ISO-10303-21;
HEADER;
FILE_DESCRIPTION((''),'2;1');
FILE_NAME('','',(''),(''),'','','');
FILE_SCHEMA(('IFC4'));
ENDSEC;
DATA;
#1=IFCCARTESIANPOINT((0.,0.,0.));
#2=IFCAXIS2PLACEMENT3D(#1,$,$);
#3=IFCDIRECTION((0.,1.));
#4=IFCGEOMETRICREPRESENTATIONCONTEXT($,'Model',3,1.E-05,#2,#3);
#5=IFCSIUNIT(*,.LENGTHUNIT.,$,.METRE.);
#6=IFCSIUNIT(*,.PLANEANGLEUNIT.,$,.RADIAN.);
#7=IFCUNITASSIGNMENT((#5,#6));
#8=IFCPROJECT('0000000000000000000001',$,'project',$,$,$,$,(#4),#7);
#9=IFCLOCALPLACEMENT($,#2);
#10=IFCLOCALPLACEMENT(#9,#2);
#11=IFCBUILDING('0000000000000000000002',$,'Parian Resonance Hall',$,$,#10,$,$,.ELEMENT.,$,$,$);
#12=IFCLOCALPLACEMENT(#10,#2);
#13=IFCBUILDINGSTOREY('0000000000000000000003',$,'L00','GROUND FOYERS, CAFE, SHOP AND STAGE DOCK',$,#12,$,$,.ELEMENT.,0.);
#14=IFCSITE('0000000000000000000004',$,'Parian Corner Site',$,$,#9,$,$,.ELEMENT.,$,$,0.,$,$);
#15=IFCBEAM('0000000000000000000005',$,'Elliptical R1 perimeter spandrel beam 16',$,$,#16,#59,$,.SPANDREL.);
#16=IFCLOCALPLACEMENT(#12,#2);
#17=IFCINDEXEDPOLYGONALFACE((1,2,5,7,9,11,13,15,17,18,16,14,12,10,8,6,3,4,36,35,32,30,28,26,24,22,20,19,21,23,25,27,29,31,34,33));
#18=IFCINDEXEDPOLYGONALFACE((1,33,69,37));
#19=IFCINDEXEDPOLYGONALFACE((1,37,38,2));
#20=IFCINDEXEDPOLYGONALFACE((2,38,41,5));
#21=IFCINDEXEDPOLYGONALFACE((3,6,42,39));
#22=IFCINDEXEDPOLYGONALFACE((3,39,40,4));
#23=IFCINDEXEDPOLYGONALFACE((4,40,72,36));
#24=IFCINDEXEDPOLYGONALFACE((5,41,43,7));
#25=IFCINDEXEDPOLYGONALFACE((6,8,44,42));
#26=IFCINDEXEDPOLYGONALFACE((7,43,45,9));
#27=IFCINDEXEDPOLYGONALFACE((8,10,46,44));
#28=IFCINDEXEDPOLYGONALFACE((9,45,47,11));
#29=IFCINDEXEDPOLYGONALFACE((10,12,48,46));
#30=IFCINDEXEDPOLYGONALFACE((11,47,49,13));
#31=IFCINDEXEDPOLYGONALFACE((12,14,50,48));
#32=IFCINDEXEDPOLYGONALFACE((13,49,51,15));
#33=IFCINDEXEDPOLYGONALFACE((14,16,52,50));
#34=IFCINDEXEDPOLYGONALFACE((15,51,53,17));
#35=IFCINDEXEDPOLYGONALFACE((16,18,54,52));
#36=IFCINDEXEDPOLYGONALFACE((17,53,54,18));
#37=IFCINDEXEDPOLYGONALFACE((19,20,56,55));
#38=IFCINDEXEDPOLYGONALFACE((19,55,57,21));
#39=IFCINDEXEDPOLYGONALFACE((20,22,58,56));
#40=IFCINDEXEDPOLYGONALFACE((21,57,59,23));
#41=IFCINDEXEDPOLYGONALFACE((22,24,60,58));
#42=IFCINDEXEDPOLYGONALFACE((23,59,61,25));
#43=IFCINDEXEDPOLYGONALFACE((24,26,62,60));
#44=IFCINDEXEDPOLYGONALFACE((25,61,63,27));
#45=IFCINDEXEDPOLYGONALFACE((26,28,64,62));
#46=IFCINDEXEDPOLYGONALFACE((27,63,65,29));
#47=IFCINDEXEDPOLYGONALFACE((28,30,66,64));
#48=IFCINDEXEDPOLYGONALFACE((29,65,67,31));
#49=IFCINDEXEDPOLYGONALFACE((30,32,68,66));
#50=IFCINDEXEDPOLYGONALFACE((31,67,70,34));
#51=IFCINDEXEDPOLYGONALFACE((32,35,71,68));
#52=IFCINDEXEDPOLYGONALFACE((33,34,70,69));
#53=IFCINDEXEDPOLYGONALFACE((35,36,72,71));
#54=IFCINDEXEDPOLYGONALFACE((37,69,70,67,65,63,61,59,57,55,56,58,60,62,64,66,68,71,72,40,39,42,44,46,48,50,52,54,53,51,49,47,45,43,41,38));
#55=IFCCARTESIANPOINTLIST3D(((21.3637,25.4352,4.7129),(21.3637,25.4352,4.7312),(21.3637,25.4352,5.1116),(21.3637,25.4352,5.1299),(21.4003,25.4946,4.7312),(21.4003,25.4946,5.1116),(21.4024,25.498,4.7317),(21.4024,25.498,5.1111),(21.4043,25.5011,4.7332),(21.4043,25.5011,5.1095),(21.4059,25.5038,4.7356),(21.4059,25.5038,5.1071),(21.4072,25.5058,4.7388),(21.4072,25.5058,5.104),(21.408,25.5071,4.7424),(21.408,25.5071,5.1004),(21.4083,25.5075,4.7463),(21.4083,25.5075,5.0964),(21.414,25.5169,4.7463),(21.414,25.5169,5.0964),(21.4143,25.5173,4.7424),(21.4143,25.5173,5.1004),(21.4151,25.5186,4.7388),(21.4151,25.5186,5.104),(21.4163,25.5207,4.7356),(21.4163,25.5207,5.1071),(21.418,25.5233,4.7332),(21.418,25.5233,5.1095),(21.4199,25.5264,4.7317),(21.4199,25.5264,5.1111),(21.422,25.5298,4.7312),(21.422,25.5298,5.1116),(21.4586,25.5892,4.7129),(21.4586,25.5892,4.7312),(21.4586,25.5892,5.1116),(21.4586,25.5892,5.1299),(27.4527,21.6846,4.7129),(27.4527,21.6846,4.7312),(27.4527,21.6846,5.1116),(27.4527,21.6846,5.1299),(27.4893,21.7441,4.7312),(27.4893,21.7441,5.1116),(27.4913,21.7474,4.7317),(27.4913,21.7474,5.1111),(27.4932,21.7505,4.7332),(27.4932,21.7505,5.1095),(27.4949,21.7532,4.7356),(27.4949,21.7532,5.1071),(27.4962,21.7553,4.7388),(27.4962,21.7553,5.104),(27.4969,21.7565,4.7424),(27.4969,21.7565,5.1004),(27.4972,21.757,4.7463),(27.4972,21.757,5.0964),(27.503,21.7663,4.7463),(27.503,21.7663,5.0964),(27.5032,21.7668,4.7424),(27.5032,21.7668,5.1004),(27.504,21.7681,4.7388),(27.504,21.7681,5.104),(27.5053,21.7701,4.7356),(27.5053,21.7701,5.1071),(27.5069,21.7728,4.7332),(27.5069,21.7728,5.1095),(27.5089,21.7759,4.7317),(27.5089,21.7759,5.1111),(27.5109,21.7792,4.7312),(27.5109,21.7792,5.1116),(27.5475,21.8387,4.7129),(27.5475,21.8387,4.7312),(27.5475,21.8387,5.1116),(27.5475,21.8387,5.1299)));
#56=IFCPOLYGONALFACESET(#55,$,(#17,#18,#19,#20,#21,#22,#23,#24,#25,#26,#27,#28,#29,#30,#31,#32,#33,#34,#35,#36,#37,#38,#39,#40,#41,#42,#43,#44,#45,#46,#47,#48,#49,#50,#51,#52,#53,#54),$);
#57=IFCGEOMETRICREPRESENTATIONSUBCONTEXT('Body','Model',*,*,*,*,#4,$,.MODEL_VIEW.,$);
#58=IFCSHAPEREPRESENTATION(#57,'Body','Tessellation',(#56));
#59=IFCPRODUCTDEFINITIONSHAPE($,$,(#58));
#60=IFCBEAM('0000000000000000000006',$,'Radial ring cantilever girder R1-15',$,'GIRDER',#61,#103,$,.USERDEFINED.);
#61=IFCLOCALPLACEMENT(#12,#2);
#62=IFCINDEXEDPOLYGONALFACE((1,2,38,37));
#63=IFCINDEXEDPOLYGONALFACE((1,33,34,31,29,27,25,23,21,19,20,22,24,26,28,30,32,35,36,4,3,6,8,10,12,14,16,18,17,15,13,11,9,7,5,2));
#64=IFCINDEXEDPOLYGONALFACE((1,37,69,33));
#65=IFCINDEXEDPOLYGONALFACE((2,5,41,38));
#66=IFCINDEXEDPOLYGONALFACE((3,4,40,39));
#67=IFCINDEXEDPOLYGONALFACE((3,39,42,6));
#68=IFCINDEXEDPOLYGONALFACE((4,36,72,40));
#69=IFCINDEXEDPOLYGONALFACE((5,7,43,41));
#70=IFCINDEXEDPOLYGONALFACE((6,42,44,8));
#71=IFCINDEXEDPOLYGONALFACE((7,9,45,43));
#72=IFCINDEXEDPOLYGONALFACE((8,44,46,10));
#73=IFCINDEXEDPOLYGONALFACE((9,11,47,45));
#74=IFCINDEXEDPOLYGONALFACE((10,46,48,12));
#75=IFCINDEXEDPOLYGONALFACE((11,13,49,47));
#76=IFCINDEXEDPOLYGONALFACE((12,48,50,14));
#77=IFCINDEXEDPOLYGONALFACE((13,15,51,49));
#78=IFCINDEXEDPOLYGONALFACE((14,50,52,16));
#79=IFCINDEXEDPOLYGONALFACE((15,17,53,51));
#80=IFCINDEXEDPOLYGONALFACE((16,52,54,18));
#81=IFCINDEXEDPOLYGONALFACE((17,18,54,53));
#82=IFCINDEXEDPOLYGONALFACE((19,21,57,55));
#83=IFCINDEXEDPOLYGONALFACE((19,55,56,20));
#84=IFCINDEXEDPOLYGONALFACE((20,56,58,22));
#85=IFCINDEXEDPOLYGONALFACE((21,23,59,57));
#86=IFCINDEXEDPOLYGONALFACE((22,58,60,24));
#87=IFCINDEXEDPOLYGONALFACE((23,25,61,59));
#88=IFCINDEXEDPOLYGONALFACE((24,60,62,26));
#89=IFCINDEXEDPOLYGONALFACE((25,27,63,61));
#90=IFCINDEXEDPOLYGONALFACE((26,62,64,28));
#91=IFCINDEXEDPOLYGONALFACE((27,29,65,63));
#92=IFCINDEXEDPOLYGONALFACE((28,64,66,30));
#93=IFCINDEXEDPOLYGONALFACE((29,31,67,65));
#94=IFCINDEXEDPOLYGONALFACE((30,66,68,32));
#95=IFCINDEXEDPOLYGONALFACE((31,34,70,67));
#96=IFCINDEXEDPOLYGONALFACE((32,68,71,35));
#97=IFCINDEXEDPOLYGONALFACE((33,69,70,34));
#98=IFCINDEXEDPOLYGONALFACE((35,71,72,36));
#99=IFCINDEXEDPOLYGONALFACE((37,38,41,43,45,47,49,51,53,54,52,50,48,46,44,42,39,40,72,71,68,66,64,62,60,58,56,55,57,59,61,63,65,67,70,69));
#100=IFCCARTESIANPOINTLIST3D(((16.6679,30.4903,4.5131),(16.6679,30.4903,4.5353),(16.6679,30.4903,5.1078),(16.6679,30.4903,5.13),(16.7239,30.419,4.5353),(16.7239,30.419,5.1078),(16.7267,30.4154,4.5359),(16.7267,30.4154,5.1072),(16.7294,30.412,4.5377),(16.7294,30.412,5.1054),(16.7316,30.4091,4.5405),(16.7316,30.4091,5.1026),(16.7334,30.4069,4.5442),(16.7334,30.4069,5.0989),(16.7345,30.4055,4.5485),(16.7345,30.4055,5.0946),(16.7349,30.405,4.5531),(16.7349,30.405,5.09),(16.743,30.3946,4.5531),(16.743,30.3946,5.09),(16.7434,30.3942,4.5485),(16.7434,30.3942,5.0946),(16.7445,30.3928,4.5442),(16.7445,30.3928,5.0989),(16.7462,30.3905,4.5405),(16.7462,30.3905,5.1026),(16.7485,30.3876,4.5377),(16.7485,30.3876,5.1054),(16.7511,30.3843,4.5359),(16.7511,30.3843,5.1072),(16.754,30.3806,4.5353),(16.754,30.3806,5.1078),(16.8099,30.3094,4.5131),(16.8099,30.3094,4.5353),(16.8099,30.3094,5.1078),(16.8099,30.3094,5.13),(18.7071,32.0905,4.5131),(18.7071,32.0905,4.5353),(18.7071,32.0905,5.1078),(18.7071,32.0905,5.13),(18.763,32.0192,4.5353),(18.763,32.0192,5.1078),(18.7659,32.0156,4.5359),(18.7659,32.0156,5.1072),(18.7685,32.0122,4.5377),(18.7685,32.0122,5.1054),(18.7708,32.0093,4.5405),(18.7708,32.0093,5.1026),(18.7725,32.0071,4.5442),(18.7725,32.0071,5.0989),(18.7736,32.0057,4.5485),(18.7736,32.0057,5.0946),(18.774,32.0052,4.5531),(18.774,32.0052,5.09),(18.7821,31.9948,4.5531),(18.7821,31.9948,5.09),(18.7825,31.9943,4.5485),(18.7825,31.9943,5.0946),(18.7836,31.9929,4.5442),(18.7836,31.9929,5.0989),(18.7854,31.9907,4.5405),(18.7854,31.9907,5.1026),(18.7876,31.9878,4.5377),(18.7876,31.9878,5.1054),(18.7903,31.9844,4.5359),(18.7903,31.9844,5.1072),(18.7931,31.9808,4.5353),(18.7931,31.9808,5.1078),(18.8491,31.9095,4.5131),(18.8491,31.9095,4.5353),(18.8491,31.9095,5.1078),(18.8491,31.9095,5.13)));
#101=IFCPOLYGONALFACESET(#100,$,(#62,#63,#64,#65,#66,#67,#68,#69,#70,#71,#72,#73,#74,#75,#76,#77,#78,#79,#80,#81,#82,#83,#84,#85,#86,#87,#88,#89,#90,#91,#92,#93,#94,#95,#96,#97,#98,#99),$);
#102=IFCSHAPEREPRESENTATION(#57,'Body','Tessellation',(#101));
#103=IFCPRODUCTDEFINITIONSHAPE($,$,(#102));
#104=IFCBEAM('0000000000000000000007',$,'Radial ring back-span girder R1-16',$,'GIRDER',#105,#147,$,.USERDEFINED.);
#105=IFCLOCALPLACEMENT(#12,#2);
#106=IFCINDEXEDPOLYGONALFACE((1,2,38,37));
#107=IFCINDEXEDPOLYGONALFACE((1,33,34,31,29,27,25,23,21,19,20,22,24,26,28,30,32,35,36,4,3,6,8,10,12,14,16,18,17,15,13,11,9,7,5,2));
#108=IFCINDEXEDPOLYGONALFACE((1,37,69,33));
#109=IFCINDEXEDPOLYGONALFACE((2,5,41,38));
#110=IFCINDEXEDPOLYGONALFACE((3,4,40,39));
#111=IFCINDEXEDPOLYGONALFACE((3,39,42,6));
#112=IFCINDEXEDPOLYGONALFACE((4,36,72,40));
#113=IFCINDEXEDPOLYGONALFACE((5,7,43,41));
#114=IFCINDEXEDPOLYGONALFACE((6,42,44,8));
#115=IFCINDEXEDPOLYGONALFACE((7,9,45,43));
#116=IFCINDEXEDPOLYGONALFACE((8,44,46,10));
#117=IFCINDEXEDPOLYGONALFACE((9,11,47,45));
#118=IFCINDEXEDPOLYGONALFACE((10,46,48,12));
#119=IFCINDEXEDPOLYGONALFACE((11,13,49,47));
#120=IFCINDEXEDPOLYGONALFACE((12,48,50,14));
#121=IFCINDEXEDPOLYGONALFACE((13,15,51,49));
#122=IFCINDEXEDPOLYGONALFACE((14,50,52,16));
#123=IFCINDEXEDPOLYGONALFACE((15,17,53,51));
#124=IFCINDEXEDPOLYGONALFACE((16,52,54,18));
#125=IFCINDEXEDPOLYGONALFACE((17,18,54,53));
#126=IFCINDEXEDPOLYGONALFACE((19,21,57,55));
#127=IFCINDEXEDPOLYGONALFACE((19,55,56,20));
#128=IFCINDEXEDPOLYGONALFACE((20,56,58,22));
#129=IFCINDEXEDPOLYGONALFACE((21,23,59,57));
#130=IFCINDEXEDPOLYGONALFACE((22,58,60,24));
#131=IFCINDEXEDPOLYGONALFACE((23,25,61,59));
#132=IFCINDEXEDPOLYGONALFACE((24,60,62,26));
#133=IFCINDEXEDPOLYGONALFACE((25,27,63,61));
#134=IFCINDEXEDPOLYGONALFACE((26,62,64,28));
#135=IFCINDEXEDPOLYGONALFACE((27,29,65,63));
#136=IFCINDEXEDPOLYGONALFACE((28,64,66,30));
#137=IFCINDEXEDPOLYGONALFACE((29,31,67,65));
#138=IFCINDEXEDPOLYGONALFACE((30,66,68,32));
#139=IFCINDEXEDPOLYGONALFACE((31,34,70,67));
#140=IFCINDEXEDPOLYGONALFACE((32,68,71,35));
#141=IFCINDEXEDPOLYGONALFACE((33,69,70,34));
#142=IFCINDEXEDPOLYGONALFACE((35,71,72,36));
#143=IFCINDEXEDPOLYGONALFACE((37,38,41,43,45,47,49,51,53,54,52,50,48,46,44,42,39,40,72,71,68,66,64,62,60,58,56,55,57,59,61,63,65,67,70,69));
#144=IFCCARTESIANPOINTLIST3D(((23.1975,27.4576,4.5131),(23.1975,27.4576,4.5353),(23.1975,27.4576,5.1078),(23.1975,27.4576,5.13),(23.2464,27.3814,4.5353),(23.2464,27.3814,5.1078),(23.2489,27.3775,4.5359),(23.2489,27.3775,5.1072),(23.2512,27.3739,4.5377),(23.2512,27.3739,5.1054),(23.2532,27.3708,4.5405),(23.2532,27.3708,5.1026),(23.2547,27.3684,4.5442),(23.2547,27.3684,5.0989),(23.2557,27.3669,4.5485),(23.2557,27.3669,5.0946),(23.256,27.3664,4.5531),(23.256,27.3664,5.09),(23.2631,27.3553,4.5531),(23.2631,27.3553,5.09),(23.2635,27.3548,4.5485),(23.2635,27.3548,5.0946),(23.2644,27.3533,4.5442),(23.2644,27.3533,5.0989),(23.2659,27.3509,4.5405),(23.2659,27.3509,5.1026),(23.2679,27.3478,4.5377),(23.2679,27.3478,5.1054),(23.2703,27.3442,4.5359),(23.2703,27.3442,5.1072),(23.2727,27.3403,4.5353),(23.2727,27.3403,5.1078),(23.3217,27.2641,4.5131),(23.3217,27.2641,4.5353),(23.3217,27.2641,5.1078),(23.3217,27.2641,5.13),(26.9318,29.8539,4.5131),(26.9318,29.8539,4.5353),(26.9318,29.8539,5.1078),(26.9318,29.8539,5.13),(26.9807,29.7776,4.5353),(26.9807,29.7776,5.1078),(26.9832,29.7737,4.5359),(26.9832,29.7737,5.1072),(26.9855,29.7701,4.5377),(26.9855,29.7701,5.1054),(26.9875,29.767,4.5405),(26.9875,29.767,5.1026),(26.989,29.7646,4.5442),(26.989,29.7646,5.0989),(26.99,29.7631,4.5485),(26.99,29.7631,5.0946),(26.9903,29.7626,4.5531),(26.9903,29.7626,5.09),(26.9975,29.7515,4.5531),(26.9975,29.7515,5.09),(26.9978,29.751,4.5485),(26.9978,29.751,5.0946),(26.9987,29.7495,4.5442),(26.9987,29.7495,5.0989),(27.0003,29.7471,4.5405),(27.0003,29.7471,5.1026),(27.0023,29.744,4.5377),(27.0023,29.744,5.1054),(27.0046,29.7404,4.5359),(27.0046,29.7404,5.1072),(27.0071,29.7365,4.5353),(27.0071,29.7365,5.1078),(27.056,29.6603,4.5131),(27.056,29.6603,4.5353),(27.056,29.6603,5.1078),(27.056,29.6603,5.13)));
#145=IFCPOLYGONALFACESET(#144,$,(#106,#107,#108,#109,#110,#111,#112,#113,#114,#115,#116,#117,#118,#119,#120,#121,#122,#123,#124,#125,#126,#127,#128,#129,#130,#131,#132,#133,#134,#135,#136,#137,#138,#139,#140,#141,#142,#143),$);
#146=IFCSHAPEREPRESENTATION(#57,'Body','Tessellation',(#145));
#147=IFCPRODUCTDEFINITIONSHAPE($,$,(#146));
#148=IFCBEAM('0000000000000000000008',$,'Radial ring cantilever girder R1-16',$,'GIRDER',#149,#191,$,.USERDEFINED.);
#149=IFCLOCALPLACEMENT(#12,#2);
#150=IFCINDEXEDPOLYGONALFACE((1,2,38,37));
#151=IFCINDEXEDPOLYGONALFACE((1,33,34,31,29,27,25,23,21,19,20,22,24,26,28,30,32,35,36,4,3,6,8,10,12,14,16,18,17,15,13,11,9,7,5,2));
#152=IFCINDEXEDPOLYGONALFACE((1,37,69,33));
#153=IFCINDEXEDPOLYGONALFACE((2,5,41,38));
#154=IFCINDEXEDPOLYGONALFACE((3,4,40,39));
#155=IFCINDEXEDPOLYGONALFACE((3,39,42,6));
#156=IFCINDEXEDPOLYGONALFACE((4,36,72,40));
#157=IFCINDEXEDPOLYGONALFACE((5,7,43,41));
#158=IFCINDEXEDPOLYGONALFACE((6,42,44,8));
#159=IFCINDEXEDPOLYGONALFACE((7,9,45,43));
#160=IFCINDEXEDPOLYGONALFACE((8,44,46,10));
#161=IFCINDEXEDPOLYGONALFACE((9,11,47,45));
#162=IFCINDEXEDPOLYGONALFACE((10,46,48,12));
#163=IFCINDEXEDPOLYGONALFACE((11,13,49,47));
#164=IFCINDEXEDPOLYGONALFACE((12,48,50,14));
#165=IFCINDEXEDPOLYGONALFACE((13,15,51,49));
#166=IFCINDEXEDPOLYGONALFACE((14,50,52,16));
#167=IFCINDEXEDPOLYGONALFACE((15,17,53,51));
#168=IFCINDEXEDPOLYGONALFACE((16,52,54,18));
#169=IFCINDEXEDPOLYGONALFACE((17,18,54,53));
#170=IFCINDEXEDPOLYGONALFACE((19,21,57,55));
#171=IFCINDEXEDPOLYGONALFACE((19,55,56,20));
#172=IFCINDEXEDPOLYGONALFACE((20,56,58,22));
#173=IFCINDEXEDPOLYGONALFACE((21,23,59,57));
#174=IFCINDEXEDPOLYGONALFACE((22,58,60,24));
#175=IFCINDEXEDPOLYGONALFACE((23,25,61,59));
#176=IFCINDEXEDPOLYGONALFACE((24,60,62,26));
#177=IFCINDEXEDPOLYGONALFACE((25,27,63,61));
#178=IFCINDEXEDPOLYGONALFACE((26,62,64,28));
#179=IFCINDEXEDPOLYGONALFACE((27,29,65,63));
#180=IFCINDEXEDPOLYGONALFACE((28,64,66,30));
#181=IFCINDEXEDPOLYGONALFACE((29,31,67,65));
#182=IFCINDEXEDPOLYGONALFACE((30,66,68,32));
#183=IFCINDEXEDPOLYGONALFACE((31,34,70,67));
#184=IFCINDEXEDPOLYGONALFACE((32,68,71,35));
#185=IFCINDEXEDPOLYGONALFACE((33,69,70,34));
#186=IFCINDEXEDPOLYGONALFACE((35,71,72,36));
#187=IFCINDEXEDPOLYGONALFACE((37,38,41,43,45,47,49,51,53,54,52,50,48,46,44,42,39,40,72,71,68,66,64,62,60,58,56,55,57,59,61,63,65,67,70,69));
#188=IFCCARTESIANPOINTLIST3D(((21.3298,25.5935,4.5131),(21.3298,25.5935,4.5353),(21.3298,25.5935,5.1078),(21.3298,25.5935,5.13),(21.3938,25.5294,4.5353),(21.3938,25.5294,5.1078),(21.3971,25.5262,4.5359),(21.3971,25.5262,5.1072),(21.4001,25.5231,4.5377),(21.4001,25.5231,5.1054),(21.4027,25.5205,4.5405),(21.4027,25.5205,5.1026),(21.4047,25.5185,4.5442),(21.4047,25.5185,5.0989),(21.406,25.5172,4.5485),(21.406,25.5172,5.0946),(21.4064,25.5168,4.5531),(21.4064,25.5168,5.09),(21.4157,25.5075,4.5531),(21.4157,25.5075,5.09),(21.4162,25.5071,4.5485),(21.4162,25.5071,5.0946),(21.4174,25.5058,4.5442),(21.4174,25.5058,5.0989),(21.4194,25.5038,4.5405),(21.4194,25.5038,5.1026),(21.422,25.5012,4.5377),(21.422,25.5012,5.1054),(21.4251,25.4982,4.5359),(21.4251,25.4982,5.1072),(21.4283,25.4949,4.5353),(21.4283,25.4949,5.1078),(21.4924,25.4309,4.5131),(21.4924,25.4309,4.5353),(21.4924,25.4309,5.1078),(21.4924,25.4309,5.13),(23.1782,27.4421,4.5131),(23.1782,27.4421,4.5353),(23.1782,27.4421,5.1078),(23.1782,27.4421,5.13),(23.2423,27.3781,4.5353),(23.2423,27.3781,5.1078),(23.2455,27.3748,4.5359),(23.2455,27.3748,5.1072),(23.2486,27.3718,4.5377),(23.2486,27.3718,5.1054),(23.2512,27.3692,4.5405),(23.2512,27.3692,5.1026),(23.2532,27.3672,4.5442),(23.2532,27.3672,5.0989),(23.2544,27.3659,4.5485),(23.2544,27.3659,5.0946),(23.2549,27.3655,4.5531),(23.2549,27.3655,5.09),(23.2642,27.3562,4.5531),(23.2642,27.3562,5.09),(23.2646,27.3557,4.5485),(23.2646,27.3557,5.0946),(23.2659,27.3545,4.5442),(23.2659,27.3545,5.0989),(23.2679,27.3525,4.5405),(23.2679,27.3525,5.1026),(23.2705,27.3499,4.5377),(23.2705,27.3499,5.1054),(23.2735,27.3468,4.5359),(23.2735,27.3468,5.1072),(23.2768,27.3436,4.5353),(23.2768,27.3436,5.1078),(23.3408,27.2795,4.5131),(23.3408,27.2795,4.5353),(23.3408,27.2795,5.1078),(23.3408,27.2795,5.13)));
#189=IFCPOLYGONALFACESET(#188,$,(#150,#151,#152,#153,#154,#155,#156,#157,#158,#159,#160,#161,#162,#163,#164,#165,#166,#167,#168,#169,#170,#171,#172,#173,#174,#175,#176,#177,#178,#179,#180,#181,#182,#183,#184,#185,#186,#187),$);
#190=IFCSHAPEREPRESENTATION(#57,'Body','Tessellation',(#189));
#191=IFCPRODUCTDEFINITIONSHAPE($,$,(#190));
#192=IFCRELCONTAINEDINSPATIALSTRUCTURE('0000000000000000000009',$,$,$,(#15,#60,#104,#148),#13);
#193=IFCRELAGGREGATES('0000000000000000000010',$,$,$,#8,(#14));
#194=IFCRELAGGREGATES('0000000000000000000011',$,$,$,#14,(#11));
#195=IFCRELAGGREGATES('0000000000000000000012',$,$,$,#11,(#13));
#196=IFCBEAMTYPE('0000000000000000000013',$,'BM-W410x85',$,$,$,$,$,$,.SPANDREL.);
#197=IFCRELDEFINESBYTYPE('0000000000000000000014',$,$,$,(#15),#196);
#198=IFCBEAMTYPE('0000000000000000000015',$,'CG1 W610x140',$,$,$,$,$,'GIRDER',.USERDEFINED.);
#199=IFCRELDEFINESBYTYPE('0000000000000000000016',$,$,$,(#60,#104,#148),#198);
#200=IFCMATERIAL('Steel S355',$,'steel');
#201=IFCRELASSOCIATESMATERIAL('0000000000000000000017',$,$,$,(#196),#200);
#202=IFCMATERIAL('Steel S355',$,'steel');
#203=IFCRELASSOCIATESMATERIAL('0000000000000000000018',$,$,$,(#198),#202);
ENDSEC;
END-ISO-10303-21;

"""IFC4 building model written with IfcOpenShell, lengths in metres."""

from ifc_helpers import new_model, si_unit, direction, frame, origin, origin_2d, place, context, subcontext, project, spatial, i_section, extrude, material, material_profile, profile_set, type_object, element, save


model = new_model("IFC4")

# Units and contexts
model_context = context("Model", 3, precision=1e-05, world=origin(), true_north=direction((0.0, 1.0)))
body_context = subcontext(model_context, "Body", "Model", "MODEL_VIEW")
ifc_project = project(units=[si_unit("LENGTHUNIT", "METRE"), si_unit("PLANEANGLEUNIT", "RADIAN")], contexts=[model_context])

# Site, building, storey
site_placement = place(None, origin())
site = spatial("IfcSite", under=ifc_project, at=site_placement, Name="Parian Corner Site", CompositionType="ELEMENT", RefElevation=0.0)
building_placement = place(site_placement, origin())
building = spatial("IfcBuilding", under=site, at=building_placement, Name="Parian Resonance Hall", CompositionType="ELEMENT")
storey_placement = place(building_placement, origin())
storey = spatial("IfcBuildingStorey", under=building, at=storey_placement, Name="L00", Description="GROUND FOYERS, CAFE, SHOP AND STAGE DOCK", CompositionType="ELEMENT", Elevation=0.0)

# Beams
ifc_material_1 = material(Name="Steel S355", Category="steel")
ifc_material_profile_1 = material_profile(ifc_material_1, i_section(OverallWidth=0.1809, OverallDepth=0.417, WebThickness=0.011, FlangeThickness=0.0183, FilletRadius=0.0151, at=origin_2d()), Name="W410x85")
ifc_profile_set_1 = profile_set([ifc_material_profile_1], Name="Steel S355")
beam_type_1 = type_object("IfcBeamType", Name="BM-W410x85", PredefinedType="SPANDREL", material=ifc_profile_set_1)
beam_1_placement = place(storey_placement, frame((21.4111, 25.5122, 4.9214), z_axis=(0.85144, -0.524452, 0.0), x_axis=(0.524452, 0.85144, 0.0)))
element("IfcBeam", 1, at=beam_1_placement, inside=storey, type_object=beam_type_1, Name="Elliptical R1 perimeter spandrel beam 16", PredefinedType="SPANDREL", context=body_context, shape_type="SweptSolid", body=[
    extrude(i_section(OverallWidth=0.1809, OverallDepth=0.417, WebThickness=0.011, FlangeThickness=0.0183, FilletRadius=0.0151, at=origin_2d()), origin(), (0.0, 0.0, 1.0), 7.1514),
])
ifc_material_2 = material(Name="Steel S355", Category="steel")
ifc_material_profile_2 = material_profile(ifc_material_2, i_section(OverallWidth=0.23, OverallDepth=0.6169, WebThickness=0.0132, FlangeThickness=0.0222, FilletRadius=0.0178, at=origin_2d()), Name="W610x140")
ifc_profile_set_2 = profile_set([ifc_material_profile_2], Name="Steel S355")
beam_type_2 = type_object("IfcBeamType", Name="CG1 W610x140", ElementType="GIRDER", PredefinedType="USERDEFINED", material=ifc_profile_set_2)
beam_2_placement = place(storey_placement, frame((18.7781, 32.0, 4.8215), z_axis=(-0.786697, -0.617339, 0.0), x_axis=(0.617339, -0.786697, 0.0)))
element("IfcBeam", 2, at=beam_2_placement, inside=storey, type_object=beam_type_2, Name="Radial ring cantilever girder R1-15", ObjectType="GIRDER", PredefinedType="USERDEFINED", context=body_context, shape_type="SweptSolid", body=[
    extrude(i_section(OverallWidth=0.23, OverallDepth=0.6169, WebThickness=0.0132, FlangeThickness=0.0222, FilletRadius=0.0178, at=origin_2d()), origin(), (0.0, 0.0, 1.0), 2.592),
])
beam_3_placement = place(storey_placement, frame((26.9939, 29.7571, 4.8215), z_axis=(-0.841632, -0.540051, 0.0), x_axis=(0.540051, -0.841632, 0.0)))
element("IfcBeam", 3, at=beam_3_placement, inside=storey, type_object=beam_type_2, Name="Radial ring back-span girder R1-16", ObjectType="GIRDER", PredefinedType="USERDEFINED", context=body_context, shape_type="SweptSolid", body=[
    extrude(i_section(OverallWidth=0.23, OverallDepth=0.6169, WebThickness=0.0132, FlangeThickness=0.0222, FilletRadius=0.0178, at=origin_2d()), origin(), (0.0, 0.0, 1.0), 4.437),
])
beam_4_placement = place(storey_placement, frame((23.2595, 27.3608, 4.8215), z_axis=(-0.70706, -0.707153, 0.0), x_axis=(0.707153, -0.70706, 0.0)))
element("IfcBeam", 4, at=beam_4_placement, inside=storey, type_object=beam_type_2, Name="Radial ring cantilever girder R1-16", ObjectType="GIRDER", PredefinedType="USERDEFINED", context=body_context, shape_type="SweptSolid", body=[
    extrude(i_section(OverallWidth=0.23, OverallDepth=0.6169, WebThickness=0.0132, FlangeThickness=0.0222, FilletRadius=0.0178, at=origin_2d()), origin(), (0.0, 0.0, 1.0), 2.6143),
])

save(model, "model.ifc")
